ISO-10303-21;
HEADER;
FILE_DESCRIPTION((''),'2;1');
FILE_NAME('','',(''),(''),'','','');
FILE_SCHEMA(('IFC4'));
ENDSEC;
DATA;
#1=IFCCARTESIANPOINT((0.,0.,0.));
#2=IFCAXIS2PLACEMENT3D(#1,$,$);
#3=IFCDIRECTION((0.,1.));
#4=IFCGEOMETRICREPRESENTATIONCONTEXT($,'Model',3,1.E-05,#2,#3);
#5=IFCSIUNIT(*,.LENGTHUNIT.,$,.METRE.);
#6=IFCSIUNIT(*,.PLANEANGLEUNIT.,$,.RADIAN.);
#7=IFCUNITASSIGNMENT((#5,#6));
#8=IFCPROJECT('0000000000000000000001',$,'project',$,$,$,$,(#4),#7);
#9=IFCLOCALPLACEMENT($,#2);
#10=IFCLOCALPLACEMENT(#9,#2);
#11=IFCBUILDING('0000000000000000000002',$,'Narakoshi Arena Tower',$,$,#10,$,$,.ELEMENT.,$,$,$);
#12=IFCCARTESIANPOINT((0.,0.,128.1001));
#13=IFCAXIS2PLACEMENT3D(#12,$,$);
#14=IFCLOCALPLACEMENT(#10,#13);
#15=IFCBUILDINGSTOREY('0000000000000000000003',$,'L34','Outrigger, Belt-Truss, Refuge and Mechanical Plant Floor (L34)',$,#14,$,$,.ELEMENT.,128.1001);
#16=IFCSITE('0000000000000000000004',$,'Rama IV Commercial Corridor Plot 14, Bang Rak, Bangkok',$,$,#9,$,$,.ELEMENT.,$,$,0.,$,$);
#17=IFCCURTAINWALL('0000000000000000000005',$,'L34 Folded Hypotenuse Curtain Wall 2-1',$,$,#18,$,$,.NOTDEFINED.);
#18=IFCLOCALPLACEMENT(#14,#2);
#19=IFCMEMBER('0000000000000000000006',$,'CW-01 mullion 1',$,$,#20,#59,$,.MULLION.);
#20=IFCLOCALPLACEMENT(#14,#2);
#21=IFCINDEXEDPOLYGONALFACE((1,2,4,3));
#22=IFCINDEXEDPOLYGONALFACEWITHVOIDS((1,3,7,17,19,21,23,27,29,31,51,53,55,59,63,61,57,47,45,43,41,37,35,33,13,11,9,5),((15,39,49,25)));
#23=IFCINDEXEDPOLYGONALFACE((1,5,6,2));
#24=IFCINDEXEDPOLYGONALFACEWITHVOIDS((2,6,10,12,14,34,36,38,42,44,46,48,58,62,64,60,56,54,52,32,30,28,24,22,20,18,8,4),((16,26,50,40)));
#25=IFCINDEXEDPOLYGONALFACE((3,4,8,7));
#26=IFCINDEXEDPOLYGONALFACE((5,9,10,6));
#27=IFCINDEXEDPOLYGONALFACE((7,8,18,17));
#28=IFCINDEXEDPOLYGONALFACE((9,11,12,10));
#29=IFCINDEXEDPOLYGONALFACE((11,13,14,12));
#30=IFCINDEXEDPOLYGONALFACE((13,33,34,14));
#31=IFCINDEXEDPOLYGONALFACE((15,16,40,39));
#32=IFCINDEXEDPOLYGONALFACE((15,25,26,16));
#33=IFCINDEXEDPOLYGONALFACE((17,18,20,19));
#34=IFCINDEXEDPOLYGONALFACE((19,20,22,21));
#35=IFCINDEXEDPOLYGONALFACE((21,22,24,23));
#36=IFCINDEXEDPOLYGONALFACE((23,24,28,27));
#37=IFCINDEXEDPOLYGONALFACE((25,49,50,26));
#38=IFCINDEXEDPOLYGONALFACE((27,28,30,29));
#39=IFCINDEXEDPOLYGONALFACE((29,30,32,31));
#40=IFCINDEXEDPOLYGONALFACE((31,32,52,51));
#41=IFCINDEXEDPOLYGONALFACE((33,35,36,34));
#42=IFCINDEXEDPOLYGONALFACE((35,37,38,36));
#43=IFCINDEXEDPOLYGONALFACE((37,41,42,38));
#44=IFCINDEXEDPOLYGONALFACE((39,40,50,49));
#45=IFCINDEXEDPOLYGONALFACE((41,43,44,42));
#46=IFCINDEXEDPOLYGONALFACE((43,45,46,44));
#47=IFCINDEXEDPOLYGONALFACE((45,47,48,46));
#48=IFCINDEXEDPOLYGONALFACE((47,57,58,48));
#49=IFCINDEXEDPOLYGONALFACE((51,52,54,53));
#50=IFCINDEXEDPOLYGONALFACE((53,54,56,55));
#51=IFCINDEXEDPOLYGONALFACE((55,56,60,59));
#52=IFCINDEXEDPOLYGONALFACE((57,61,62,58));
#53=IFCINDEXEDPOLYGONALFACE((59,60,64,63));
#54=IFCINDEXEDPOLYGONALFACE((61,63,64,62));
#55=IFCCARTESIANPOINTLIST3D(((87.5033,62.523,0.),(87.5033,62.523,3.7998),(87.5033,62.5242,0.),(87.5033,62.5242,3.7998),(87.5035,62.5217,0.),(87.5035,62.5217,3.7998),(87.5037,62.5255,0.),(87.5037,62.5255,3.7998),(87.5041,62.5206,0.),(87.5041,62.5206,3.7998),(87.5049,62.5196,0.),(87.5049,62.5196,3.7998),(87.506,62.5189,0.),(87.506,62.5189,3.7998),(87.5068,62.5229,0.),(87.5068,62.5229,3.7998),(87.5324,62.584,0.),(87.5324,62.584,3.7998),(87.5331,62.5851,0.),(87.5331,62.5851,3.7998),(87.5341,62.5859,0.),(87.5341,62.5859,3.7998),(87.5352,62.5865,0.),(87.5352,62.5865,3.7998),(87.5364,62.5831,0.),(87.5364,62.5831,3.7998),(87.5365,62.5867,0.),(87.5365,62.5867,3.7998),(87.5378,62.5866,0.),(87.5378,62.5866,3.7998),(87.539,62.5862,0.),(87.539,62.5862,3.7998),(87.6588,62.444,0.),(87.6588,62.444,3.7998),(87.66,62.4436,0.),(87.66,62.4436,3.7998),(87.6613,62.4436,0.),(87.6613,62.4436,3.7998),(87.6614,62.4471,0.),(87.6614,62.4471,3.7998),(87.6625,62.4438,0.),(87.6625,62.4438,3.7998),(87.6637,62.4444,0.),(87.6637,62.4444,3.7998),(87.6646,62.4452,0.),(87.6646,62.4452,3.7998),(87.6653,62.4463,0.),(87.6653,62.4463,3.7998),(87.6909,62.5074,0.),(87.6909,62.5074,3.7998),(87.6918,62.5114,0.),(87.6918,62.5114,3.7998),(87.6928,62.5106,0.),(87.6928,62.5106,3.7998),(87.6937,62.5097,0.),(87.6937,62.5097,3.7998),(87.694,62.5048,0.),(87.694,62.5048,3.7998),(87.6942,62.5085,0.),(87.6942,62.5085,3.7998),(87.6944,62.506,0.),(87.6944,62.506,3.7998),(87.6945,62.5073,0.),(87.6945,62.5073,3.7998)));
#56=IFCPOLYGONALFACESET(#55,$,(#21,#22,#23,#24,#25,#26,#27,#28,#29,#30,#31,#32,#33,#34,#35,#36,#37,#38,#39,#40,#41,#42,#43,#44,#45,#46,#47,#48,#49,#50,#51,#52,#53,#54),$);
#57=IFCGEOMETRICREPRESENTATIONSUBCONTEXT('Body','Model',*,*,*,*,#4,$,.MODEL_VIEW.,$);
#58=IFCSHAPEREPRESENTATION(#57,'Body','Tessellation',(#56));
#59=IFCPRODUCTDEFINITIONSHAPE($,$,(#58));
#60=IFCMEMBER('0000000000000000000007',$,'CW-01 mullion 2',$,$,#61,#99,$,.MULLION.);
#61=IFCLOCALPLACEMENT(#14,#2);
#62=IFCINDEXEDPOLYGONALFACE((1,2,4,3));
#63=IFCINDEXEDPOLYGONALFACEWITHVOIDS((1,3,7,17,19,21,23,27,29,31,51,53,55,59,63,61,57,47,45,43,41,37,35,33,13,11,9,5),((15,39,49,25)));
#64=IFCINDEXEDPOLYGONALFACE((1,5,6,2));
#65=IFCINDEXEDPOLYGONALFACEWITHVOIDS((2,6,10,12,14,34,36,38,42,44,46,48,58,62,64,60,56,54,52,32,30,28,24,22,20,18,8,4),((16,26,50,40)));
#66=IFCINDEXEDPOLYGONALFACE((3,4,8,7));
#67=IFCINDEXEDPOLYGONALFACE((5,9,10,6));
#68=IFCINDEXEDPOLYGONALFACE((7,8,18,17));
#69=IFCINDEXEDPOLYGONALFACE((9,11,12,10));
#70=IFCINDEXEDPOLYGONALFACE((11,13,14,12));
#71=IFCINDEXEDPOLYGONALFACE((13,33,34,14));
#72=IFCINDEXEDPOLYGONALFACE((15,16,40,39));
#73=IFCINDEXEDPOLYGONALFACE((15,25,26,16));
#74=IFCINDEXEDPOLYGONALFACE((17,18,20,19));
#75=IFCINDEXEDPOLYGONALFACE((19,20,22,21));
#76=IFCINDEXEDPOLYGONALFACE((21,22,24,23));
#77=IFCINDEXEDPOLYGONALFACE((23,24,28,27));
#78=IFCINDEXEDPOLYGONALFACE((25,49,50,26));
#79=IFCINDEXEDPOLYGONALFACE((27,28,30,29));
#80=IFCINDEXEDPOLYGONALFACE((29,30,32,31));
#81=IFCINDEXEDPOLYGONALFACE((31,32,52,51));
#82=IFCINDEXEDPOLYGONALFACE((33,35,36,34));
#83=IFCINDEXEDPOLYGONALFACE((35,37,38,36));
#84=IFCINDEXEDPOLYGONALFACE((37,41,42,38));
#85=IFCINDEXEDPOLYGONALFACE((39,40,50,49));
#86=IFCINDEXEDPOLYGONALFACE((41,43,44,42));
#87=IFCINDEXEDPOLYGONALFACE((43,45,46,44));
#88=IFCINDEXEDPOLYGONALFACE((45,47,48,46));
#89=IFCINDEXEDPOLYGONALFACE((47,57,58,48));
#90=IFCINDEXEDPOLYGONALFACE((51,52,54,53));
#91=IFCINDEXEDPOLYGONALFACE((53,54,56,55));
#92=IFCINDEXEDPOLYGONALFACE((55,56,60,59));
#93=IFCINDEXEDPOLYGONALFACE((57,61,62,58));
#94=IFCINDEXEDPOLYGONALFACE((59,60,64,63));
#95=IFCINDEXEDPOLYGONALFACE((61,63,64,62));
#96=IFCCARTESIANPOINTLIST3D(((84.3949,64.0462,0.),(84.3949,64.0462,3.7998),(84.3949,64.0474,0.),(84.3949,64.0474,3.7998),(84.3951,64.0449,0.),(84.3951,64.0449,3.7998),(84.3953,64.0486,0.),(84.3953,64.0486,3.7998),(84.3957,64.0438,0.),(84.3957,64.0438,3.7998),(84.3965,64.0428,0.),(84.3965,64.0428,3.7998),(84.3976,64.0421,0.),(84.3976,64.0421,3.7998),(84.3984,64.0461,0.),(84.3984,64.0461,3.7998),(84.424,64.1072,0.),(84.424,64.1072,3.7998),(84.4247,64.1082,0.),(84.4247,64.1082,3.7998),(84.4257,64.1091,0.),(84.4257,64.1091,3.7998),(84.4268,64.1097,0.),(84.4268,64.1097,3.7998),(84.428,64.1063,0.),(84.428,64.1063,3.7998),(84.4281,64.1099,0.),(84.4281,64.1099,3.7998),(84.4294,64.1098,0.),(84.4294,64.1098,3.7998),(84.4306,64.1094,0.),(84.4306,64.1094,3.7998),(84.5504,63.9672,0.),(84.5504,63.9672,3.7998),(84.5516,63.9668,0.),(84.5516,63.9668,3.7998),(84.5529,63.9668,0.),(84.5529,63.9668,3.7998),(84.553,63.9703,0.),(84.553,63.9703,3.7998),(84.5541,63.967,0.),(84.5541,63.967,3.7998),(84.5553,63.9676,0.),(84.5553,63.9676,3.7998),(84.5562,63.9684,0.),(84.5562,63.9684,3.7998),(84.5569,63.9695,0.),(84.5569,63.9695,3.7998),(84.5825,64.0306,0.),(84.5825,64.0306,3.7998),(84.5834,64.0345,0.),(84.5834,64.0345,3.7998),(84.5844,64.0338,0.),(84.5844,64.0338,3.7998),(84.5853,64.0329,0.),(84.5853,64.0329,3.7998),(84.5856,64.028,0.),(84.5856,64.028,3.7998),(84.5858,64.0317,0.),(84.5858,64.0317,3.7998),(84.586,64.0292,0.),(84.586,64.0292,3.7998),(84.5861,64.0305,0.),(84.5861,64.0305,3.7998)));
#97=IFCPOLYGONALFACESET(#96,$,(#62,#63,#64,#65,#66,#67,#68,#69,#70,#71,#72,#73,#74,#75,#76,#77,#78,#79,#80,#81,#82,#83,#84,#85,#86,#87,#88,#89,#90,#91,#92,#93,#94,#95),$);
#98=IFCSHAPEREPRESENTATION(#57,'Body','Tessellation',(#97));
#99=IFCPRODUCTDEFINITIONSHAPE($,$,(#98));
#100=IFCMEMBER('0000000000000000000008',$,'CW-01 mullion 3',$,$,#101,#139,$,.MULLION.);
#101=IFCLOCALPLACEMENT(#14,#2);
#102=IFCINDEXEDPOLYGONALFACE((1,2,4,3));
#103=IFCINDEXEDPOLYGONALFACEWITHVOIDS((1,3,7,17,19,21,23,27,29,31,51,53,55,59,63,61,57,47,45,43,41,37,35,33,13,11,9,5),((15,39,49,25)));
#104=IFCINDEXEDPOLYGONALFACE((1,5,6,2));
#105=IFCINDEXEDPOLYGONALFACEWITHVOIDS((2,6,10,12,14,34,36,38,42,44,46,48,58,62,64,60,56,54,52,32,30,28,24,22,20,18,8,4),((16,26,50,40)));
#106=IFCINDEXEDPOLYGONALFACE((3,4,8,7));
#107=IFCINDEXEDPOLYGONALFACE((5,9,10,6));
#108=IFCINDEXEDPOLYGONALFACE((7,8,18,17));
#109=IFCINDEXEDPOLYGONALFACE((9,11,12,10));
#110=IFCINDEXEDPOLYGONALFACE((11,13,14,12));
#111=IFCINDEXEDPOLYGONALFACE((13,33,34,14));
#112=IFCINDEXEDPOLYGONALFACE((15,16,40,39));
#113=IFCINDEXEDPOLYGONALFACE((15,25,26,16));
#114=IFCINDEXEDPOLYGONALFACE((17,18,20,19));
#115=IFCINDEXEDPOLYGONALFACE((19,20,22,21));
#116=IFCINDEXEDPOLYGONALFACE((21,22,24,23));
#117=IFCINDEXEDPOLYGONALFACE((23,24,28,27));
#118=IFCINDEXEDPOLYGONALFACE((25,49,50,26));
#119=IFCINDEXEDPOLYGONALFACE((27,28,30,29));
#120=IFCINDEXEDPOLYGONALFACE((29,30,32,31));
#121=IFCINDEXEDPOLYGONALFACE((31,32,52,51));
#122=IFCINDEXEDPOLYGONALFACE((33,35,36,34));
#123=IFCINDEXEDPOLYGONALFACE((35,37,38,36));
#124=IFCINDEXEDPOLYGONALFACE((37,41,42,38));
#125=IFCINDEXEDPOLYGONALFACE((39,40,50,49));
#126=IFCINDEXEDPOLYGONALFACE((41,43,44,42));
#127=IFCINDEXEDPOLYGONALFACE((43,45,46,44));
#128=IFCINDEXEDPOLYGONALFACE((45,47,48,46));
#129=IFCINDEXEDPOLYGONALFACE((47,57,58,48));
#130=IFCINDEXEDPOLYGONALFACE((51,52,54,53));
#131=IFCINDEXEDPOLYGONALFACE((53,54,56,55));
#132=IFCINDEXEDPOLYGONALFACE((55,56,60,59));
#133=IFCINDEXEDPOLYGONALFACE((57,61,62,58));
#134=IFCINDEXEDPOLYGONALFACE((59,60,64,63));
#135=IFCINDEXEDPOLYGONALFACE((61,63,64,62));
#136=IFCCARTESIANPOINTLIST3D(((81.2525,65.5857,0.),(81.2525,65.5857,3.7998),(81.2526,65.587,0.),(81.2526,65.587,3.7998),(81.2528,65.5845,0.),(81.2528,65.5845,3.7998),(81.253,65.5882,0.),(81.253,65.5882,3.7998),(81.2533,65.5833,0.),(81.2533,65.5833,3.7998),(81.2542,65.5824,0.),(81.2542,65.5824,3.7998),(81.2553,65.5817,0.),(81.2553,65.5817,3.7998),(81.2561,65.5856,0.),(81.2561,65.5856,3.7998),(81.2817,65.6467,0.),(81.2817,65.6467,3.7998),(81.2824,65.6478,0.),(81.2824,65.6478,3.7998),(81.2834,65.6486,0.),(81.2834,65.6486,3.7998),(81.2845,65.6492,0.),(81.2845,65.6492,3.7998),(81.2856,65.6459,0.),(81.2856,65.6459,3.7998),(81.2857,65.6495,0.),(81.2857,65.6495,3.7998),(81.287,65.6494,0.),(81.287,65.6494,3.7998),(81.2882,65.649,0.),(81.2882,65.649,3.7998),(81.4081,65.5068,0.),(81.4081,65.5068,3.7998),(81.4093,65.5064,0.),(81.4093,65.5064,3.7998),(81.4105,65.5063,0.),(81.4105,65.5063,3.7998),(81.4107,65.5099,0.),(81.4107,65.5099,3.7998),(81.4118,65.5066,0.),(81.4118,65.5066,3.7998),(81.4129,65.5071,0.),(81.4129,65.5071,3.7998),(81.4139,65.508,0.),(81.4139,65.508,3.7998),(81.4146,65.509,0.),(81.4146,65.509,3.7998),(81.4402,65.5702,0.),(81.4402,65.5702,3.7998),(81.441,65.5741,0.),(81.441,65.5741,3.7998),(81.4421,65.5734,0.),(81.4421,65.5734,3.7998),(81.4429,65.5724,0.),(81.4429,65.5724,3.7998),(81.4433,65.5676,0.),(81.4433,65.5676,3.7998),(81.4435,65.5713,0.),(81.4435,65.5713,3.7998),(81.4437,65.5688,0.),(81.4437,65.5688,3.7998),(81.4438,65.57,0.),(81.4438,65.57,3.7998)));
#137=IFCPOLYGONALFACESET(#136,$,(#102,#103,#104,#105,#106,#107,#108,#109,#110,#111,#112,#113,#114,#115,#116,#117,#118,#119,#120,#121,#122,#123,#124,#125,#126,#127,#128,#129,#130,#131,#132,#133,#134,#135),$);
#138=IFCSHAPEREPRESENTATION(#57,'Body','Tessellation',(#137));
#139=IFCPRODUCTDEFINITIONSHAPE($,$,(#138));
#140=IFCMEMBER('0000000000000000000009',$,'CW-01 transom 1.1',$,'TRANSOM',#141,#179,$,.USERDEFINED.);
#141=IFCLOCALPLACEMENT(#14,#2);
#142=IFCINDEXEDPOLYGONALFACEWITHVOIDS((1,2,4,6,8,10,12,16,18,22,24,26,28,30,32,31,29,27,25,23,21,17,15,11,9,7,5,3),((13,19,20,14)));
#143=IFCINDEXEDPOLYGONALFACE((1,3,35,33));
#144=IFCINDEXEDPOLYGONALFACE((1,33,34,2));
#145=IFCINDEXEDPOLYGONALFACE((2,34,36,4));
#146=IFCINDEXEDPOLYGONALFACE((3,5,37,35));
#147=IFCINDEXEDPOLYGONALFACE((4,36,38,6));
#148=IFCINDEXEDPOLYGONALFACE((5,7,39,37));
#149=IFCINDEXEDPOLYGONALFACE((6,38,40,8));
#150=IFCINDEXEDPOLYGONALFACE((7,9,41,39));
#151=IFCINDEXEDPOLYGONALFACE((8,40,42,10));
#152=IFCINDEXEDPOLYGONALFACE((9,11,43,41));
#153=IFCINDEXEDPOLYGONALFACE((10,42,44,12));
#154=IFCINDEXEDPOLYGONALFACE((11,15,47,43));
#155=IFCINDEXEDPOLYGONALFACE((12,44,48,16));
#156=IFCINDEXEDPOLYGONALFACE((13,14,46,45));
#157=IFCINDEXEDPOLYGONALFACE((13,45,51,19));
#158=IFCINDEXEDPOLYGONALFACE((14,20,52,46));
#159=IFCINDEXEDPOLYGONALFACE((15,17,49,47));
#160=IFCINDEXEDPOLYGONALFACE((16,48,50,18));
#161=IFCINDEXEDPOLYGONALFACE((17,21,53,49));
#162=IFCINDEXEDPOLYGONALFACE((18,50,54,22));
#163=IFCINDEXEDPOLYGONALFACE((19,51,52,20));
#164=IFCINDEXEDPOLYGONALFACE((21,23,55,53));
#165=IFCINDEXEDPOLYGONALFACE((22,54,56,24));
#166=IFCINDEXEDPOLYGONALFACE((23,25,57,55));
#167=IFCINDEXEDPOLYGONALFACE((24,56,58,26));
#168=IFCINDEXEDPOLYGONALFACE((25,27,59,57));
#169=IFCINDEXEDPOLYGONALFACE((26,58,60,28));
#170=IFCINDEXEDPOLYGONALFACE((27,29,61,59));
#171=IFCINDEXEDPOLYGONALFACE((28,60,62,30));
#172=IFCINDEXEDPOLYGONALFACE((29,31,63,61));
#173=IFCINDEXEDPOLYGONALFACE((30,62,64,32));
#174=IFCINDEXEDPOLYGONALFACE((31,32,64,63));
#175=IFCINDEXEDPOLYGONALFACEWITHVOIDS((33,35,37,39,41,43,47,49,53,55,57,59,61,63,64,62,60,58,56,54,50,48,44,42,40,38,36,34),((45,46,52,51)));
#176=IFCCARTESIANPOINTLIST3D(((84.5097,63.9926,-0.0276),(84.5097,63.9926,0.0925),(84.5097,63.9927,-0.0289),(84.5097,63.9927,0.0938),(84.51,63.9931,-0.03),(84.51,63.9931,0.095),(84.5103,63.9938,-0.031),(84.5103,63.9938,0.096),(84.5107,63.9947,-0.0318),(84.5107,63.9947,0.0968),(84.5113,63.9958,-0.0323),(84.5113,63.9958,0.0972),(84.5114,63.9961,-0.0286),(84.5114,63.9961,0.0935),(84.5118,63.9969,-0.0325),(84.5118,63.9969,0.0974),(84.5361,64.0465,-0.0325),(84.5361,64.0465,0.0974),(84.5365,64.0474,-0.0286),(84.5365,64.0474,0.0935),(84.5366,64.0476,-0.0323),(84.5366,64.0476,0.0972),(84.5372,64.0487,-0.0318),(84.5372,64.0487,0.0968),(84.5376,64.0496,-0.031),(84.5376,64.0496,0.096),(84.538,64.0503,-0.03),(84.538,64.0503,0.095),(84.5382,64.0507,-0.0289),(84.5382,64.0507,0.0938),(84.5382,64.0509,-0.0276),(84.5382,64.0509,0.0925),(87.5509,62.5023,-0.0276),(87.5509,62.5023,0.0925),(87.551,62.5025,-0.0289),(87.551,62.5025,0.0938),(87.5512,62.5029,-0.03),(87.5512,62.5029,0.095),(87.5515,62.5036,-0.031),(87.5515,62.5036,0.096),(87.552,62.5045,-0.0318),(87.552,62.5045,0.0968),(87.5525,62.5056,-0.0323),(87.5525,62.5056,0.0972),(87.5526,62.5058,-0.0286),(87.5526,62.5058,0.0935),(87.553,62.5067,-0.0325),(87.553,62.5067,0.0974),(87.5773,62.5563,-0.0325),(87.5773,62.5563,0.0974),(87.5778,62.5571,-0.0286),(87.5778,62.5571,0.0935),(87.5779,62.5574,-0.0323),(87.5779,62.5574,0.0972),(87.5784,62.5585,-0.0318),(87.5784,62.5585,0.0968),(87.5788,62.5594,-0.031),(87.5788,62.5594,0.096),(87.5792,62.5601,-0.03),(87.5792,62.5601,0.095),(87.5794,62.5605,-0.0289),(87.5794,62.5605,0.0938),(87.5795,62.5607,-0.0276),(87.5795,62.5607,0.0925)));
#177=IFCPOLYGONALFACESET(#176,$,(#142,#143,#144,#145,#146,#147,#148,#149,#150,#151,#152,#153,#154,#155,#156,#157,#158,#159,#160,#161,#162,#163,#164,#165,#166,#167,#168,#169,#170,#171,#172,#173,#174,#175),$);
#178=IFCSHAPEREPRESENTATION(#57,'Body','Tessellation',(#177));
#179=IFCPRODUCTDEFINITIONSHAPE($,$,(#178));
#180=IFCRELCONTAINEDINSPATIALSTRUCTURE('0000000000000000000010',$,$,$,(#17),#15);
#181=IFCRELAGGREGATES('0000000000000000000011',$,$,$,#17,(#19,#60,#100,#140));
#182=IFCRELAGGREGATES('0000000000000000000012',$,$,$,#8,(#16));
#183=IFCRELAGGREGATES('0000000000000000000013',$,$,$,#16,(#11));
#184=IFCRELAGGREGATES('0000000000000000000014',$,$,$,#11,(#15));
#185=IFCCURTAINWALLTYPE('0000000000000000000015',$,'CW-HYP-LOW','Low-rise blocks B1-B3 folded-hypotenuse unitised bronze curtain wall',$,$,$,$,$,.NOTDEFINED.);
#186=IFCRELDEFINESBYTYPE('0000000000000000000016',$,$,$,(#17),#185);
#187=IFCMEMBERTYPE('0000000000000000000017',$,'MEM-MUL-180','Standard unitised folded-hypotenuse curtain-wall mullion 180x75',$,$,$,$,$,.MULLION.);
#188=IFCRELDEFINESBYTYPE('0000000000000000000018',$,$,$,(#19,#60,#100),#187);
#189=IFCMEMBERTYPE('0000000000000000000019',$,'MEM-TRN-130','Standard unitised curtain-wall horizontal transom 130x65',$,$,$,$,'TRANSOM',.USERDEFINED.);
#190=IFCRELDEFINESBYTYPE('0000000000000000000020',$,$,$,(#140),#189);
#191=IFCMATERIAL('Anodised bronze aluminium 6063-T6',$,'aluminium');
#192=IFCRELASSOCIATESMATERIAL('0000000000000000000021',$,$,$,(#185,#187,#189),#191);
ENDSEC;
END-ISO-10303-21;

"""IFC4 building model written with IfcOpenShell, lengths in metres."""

from ifc_helpers import new_model, si_unit, direction, frame, origin, origin_2d, place, context, subcontext, project, spatial, hollow_rectangle, extrude, material, material_profile, profile_set, type_object, element, aggregate, save


model = new_model("IFC4")

# Units and contexts
model_context = context("Model", 3, precision=1e-05, world=origin(), true_north=direction((0.0, 1.0)))
body_context = subcontext(model_context, "Body", "Model", "MODEL_VIEW")
ifc_project = project(units=[si_unit("LENGTHUNIT", "METRE"), si_unit("PLANEANGLEUNIT", "RADIAN")], contexts=[model_context])

# Site, building, storey
site_placement = place(None, origin())
site = spatial("IfcSite", under=ifc_project, at=site_placement, Name="Rama IV Commercial Corridor Plot 14, Bang Rak, Bangkok", CompositionType="ELEMENT", RefElevation=0.0)
building_placement = place(site_placement, origin())
building = spatial("IfcBuilding", under=site, at=building_placement, Name="Narakoshi Arena Tower", CompositionType="ELEMENT")
storey_placement = place(building_placement, frame((0.0, 0.0, 128.1001)))
storey = spatial("IfcBuildingStorey", under=building, at=storey_placement, Name="L34", Description="Outrigger, Belt-Truss, Refuge and Mechanical Plant Floor (L34)", CompositionType="ELEMENT", Elevation=128.1001)

# Shared definitions
ifc_material_1 = material(Name="Anodised bronze aluminium 6063-T6", Category="aluminium")
curtain_wall_type = type_object("IfcCurtainWallType", Name="CW-HYP-LOW", Description="Low-rise blocks B1-B3 folded-hypotenuse unitised bronze curtain wall", PredefinedType="NOTDEFINED", material=ifc_material_1)
ifc_material_profile_1 = material_profile(ifc_material_1, hollow_rectangle(XDim=0.075, YDim=0.1799, WallThickness=0.0039, OuterFilletRadius=0.0049, at=origin_2d()), Name="MUL180x75x4")
ifc_profile_set_1 = profile_set([ifc_material_profile_1], Name="Anodised bronze aluminium 6063-T6")
member_type_1 = type_object("IfcMemberType", Name="MEM-MUL-180", Description="Standard unitised folded-hypotenuse curtain-wall mullion 180x75", PredefinedType="MULLION", material=ifc_profile_set_1)

# Curtain wall, members
curtain_wall_1_placement = place(storey_placement, origin())
curtain_wall_1 = element("IfcCurtainWall", 1, at=curtain_wall_1_placement, inside=storey, type_object=curtain_wall_type, Name="L34 Folded Hypotenuse Curtain Wall 2-1", PredefinedType="NOTDEFINED")
member_1_placement = place(storey_placement, frame((87.5989, 62.5151, 0.0), z_axis=(0.0, 0.0, 1.0), x_axis=(-0.440004, -0.897996, 0.0)))
member_1 = element("IfcMember", 2, at=member_1_placement, type_object=member_type_1, Name="CW-01 mullion 1", PredefinedType="MULLION", context=body_context, shape_type="SweptSolid", body=[
    extrude(hollow_rectangle(XDim=0.075, YDim=0.1799, WallThickness=0.0039, OuterFilletRadius=0.0049, at=origin_2d()), origin(), (0.0, 0.0, 1.0), 3.7998),
])
member_2_placement = place(storey_placement, frame((84.4905, 64.0383, 0.0), z_axis=(0.0, 0.0, 1.0), x_axis=(-0.440004, -0.897996, 0.0)))
member_2 = element("IfcMember", 3, at=member_2_placement, type_object=member_type_1, Name="CW-01 mullion 2", PredefinedType="MULLION", context=body_context, shape_type="SweptSolid", body=[
    extrude(hollow_rectangle(XDim=0.075, YDim=0.1799, WallThickness=0.0039, OuterFilletRadius=0.0049, at=origin_2d()), origin(), (0.0, 0.0, 1.0), 3.7998),
])
member_3_placement = place(storey_placement, frame((81.3481, 65.5779, 0.0), z_axis=(0.0, 0.0, 1.0), x_axis=(-0.440004, -0.897996, 0.0)))
member_3 = element("IfcMember", 4, at=member_3_placement, type_object=member_type_1, Name="CW-01 mullion 3", PredefinedType="MULLION", context=body_context, shape_type="SweptSolid", body=[
    extrude(hollow_rectangle(XDim=0.075, YDim=0.1799, WallThickness=0.0039, OuterFilletRadius=0.0049, at=origin_2d()), origin(), (0.0, 0.0, 1.0), 3.7998),
])
ifc_material_profile_2 = material_profile(ifc_material_1, hollow_rectangle(XDim=0.0649, YDim=0.1299, WallThickness=0.0039, OuterFilletRadius=0.0049, at=origin_2d()), Name="TRN130x65x4")
ifc_profile_set_2 = profile_set([ifc_material_profile_2], Name="Anodised bronze aluminium 6063-T6")
member_type_2 = type_object("IfcMemberType", Name="MEM-TRN-130", Description="Standard unitised curtain-wall horizontal transom 130x65", ElementType="TRANSOM", PredefinedType="USERDEFINED", material=ifc_profile_set_2)
member_4_placement = place(storey_placement, frame((87.5652, 62.5315, 0.0325), z_axis=(-0.897988, 0.440019, 0.0), x_axis=(-0.440019, -0.897988, 0.0)))
member_4 = element("IfcMember", 5, at=member_4_placement, type_object=member_type_2, Name="CW-01 transom 1.1", ObjectType="TRANSOM", PredefinedType="USERDEFINED", context=body_context, shape_type="SweptSolid", body=[
    extrude(hollow_rectangle(XDim=0.0649, YDim=0.1299, WallThickness=0.0039, OuterFilletRadius=0.0049, at=origin_2d()), origin(), (0.0, 0.0, 1.0), 3.3867),
])

aggregate(curtain_wall_1, [member_1, member_2, member_3, member_4])

save(model, "model.ifc")
